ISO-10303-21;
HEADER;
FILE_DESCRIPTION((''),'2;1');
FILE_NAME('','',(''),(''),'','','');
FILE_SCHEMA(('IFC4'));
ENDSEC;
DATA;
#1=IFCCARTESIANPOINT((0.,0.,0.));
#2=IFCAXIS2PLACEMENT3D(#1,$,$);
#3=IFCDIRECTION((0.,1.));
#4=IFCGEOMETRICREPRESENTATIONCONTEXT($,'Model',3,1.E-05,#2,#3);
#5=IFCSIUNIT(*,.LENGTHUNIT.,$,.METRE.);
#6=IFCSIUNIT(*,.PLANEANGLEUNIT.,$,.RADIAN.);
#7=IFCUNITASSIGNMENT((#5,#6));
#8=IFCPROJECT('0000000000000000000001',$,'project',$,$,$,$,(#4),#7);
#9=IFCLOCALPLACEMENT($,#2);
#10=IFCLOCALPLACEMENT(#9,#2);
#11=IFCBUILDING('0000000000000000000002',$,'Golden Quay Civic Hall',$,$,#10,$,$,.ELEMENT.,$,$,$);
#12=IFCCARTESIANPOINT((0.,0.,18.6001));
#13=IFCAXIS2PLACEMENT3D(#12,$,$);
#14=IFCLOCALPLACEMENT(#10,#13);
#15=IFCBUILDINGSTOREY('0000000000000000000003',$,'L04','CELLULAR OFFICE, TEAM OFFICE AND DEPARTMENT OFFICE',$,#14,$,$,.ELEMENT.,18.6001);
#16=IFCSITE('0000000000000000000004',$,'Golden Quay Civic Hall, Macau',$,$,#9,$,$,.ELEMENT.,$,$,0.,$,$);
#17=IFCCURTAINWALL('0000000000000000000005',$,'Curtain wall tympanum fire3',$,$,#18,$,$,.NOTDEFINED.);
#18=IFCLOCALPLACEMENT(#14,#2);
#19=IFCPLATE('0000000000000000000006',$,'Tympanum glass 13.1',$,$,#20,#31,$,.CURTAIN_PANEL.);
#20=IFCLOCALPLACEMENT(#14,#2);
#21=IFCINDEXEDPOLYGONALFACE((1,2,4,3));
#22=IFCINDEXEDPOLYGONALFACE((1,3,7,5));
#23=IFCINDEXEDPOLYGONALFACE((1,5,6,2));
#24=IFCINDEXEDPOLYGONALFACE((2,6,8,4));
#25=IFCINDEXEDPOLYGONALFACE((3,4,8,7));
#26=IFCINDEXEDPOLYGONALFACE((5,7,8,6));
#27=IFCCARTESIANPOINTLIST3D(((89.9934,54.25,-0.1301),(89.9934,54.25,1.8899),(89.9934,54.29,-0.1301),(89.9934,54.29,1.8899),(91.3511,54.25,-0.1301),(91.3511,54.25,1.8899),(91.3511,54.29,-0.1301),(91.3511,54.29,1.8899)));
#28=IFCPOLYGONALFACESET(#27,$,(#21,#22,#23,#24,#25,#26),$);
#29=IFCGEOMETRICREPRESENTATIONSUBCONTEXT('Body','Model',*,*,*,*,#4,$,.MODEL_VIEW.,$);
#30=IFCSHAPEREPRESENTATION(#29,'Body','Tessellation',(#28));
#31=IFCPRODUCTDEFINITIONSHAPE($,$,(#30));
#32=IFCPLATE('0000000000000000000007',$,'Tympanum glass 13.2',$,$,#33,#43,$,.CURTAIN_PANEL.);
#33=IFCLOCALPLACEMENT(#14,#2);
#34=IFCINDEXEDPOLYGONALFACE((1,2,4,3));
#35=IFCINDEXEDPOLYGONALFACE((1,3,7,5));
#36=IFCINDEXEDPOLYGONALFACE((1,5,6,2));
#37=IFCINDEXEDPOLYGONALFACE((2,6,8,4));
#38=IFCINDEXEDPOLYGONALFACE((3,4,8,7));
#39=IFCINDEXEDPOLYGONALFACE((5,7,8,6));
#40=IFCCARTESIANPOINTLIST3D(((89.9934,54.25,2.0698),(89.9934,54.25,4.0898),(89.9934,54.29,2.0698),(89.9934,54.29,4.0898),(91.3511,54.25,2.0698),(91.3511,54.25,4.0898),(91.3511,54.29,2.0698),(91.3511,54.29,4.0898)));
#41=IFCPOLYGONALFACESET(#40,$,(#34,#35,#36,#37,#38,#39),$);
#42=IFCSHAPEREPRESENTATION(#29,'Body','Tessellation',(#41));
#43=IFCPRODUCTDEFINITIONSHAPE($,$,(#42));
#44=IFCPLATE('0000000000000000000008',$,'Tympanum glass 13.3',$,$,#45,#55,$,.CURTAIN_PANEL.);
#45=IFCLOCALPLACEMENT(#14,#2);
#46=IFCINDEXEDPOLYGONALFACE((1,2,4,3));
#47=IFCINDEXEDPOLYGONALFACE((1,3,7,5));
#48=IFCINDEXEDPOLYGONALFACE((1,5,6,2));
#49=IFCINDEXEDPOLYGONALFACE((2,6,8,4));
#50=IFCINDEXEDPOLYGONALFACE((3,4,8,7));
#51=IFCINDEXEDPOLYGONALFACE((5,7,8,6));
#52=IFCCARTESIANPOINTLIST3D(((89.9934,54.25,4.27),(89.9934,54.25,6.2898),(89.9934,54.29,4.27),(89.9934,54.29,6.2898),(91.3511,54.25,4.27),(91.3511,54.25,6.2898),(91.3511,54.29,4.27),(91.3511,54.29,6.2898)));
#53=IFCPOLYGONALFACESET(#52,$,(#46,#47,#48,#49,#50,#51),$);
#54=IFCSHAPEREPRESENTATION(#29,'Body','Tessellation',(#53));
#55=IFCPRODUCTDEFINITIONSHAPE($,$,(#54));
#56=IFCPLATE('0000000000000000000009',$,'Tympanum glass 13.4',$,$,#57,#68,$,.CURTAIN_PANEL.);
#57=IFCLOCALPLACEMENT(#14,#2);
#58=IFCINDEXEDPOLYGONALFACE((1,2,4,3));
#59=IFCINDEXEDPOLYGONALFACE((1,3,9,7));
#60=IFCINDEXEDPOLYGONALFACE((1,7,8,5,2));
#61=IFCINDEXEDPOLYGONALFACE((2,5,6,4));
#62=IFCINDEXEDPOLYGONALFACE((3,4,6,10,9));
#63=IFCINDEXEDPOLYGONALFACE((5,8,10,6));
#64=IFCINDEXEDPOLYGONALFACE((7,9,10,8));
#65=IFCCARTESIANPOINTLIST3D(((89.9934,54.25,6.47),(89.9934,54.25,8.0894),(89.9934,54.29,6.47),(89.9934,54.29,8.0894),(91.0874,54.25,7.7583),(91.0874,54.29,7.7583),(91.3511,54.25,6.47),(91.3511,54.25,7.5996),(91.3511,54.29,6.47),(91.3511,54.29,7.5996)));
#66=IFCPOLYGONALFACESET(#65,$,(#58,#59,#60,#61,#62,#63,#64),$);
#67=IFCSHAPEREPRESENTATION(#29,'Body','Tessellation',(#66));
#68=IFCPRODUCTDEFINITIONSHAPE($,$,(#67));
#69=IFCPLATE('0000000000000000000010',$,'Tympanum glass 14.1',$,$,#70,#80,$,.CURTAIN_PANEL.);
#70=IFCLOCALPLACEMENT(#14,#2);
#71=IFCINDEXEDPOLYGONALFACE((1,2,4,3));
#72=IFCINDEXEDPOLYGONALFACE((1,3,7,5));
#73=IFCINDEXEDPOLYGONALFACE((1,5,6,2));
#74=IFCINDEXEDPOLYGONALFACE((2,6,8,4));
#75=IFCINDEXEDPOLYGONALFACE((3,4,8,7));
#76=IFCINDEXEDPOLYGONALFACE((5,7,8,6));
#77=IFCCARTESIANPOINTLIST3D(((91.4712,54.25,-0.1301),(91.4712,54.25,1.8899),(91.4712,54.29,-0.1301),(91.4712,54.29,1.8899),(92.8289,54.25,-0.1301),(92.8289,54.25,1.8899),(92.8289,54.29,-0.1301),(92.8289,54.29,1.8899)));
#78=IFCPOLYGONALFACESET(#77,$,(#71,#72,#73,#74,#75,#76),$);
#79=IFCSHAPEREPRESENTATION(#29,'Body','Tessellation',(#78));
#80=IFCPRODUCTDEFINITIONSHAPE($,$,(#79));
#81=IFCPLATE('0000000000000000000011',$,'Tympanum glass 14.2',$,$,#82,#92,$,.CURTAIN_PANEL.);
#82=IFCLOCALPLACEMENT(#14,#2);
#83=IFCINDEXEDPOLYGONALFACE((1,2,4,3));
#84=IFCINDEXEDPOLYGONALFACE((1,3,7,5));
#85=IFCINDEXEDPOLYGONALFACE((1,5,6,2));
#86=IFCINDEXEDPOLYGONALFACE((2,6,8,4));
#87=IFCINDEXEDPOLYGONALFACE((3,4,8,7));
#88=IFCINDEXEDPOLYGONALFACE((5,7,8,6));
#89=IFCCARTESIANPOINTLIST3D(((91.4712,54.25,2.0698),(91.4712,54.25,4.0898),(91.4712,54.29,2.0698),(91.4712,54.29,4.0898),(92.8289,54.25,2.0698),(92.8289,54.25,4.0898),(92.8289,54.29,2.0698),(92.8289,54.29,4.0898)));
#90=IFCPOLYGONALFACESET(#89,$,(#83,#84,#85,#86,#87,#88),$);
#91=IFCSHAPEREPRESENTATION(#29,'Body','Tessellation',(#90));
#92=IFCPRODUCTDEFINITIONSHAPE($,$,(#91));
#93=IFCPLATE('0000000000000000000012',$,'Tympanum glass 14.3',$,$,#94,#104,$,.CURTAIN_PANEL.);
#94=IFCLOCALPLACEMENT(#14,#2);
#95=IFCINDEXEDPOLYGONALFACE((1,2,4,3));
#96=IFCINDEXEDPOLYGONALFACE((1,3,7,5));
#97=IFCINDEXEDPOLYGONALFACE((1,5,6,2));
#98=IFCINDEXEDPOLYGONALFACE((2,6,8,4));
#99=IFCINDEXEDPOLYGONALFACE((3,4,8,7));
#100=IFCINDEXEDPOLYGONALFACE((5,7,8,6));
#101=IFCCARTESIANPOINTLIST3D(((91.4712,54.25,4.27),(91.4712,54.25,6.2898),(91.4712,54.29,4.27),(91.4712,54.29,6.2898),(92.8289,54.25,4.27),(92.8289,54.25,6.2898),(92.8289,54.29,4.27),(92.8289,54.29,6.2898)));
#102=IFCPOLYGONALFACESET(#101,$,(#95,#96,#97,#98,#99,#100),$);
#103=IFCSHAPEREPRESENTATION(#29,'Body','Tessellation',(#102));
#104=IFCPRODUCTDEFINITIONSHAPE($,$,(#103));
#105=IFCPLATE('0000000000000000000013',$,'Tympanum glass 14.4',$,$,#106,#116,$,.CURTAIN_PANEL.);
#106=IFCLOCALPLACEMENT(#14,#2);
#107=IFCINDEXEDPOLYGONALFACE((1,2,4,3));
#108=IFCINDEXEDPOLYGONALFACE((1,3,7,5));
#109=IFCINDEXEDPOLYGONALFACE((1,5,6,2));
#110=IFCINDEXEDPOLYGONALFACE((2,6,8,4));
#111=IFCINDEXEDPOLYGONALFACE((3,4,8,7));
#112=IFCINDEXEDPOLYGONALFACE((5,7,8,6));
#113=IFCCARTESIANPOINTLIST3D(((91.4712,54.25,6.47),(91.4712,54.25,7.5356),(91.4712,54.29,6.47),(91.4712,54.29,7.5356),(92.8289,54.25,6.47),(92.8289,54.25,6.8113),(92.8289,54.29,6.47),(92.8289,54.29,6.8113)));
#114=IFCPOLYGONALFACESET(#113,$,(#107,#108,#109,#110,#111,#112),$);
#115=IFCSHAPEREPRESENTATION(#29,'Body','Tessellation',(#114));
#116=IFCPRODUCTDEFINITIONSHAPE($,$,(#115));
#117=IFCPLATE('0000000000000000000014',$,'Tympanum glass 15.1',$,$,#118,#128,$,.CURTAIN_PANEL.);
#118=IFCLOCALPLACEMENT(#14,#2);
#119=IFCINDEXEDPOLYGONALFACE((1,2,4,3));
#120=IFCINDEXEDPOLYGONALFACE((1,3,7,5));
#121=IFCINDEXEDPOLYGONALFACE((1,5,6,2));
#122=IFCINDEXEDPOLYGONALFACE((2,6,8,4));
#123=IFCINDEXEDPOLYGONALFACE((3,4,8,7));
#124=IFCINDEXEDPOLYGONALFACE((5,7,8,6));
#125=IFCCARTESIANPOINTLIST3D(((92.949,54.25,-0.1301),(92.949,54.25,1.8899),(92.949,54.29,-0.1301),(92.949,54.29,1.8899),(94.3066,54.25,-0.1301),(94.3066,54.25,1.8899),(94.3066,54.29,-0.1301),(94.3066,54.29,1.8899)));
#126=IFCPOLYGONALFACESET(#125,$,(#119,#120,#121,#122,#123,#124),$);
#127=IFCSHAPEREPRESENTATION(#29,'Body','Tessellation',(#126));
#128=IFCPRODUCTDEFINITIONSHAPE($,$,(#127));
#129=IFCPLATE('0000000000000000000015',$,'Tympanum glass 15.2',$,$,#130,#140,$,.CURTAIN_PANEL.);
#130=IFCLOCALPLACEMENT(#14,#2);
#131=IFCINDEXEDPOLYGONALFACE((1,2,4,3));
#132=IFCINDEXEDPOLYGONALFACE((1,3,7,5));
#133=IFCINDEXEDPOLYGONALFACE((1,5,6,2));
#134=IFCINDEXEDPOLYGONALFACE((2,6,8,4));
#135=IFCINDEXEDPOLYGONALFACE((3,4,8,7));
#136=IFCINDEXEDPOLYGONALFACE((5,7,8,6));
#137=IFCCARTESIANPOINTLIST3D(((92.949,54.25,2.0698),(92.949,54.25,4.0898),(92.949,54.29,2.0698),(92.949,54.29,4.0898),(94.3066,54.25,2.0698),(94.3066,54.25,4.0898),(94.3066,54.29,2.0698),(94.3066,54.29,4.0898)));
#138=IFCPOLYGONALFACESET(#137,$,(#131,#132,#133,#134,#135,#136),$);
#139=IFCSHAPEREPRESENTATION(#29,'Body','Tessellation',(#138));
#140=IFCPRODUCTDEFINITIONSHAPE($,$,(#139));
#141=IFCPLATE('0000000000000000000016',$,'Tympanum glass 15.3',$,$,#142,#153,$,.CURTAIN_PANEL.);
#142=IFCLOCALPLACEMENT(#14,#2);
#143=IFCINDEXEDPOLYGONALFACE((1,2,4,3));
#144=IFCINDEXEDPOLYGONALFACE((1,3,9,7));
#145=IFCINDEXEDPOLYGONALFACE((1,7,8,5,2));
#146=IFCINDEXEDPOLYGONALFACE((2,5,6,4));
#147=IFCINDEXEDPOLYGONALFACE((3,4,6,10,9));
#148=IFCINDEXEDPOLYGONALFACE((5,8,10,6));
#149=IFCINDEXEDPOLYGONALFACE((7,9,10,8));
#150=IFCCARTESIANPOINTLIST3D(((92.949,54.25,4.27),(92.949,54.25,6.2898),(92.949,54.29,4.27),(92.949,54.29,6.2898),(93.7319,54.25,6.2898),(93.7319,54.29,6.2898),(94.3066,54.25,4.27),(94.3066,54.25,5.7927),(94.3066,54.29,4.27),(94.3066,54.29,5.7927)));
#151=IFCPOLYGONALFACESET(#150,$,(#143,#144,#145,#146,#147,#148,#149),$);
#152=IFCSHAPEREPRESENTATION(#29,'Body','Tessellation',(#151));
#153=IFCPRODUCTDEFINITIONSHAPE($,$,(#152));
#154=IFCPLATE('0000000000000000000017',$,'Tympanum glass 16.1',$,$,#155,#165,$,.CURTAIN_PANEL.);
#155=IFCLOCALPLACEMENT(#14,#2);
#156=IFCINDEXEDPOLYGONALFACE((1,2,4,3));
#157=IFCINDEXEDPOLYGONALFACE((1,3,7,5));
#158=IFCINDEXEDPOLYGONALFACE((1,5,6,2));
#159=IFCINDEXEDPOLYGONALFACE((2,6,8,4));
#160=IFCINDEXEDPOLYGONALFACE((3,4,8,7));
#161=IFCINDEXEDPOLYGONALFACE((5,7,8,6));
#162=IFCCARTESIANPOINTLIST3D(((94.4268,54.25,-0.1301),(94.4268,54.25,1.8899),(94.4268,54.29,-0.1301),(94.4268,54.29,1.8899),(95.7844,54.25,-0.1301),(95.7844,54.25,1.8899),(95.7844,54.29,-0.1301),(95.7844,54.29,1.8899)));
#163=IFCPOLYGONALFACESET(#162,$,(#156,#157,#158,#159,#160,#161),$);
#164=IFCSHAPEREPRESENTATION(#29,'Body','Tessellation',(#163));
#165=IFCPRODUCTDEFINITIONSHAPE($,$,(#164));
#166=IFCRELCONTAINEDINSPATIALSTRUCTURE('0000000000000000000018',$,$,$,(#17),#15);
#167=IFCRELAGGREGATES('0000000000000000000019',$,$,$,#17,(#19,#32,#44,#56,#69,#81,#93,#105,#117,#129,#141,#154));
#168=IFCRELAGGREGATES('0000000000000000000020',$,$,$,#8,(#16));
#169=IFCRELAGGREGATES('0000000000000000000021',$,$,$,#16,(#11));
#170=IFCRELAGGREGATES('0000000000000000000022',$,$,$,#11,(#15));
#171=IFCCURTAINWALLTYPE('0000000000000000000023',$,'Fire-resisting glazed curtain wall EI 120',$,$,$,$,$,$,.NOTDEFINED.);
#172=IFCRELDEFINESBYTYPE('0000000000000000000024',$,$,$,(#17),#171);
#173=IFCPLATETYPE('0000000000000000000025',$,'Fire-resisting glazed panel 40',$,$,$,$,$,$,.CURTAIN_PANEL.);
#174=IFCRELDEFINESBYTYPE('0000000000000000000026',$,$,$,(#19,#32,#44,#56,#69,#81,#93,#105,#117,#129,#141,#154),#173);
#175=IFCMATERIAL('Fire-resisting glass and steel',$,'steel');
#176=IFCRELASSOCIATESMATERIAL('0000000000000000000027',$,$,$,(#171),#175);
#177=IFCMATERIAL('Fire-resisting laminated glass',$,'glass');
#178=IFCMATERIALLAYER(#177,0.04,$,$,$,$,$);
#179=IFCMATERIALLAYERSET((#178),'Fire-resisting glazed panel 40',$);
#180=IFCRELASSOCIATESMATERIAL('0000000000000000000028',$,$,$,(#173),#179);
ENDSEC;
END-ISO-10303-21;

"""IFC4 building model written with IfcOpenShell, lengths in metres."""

from ifc_helpers import new_model, si_unit, direction, frame, origin, place, context, subcontext, project, spatial, polyline, outline, extrude, material, layer, layer_set, type_object, element, aggregate, save


model = new_model("IFC4")

# Units and contexts
model_context = context("Model", 3, precision=1e-05, world=origin(), true_north=direction((0.0, 1.0)))
body_context = subcontext(model_context, "Body", "Model", "MODEL_VIEW")
ifc_project = project(units=[si_unit("LENGTHUNIT", "METRE"), si_unit("PLANEANGLEUNIT", "RADIAN")], contexts=[model_context])

# Site, building, storey
site_placement = place(None, origin())
site = spatial("IfcSite", under=ifc_project, at=site_placement, Name="Golden Quay Civic Hall, Macau", CompositionType="ELEMENT", RefElevation=0.0)
building_placement = place(site_placement, origin())
building = spatial("IfcBuilding", under=site, at=building_placement, Name="Golden Quay Civic Hall", CompositionType="ELEMENT")
storey_placement = place(building_placement, frame((0.0, 0.0, 18.6001)))
storey = spatial("IfcBuildingStorey", under=building, at=storey_placement, Name="L04", Description="CELLULAR OFFICE, TEAM OFFICE AND DEPARTMENT OFFICE", CompositionType="ELEMENT", Elevation=18.6001)

# Curtain wall, plates
ifc_material_1 = material(Name="Fire-resisting glass and steel", Category="steel")
curtain_wall_type = type_object("IfcCurtainWallType", Name="Fire-resisting glazed curtain wall EI 120", PredefinedType="NOTDEFINED", material=ifc_material_1)
curtain_wall_placement = place(storey_placement, origin())
curtain_wall = element("IfcCurtainWall", 1, at=curtain_wall_placement, inside=storey, type_object=curtain_wall_type, Name="Curtain wall tympanum fire3", PredefinedType="NOTDEFINED")
ifc_material_2 = material(Name="Fire-resisting laminated glass", Category="glass")
ifc_layer = layer(ifc_material_2, 0.04)
ifc_layer_set = layer_set([ifc_layer], Name="Fire-resisting glazed panel 40")
plate_type = type_object("IfcPlateType", Name="Fire-resisting glazed panel 40", PredefinedType="CURTAIN_PANEL", material=ifc_layer_set)
plate_1_placement = place(storey_placement, frame((91.3511, 54.29, -0.1301), z_axis=(0.0, 1.0, 0.0), x_axis=(-1.0, 0.0, 0.0)))
plate_1 = element("IfcPlate", 2, at=plate_1_placement, type_object=plate_type, Name="Tympanum glass 13.1", PredefinedType="CURTAIN_PANEL", context=body_context, shape_type="SweptSolid", body=[
    extrude(outline(polyline([(0.0, 0.0), (1.3577, 0.0), (1.3577, 2.02), (0.0, 2.02), (0.0, 0.0)])), origin(), (0.0, 0.0, -1.0), 0.04),
])
plate_2_placement = place(storey_placement, frame((91.3511, 54.29, 2.0698), z_axis=(0.0, 1.0, 0.0), x_axis=(-1.0, 0.0, 0.0)))
plate_2 = element("IfcPlate", 3, at=plate_2_placement, type_object=plate_type, Name="Tympanum glass 13.2", PredefinedType="CURTAIN_PANEL", context=body_context, shape_type="SweptSolid", body=[
    extrude(outline(polyline([(0.0, 0.0), (1.3577, 0.0), (1.3577, 2.02), (0.0, 2.02), (0.0, 0.0)])), origin(), (0.0, 0.0, -1.0), 0.04),
])
plate_3_placement = place(storey_placement, frame((91.3511, 54.29, 4.27), z_axis=(0.0, 1.0, 0.0), x_axis=(-1.0, 0.0, 0.0)))
plate_3 = element("IfcPlate", 4, at=plate_3_placement, type_object=plate_type, Name="Tympanum glass 13.3", PredefinedType="CURTAIN_PANEL", context=body_context, shape_type="SweptSolid", body=[
    extrude(outline(polyline([(0.0, 0.0), (1.3577, 0.0), (1.3577, 2.0198), (0.0, 2.0198), (0.0, 0.0)])), origin(), (0.0, 0.0, -1.0), 0.04),
])
plate_4_placement = place(storey_placement, frame((91.3511, 54.29, 6.47), z_axis=(0.0, 1.0, 0.0), x_axis=(-1.0, 0.0, 0.0)))
plate_4 = element("IfcPlate", 5, at=plate_4_placement, type_object=plate_type, Name="Tympanum glass 13.4", PredefinedType="CURTAIN_PANEL", context=body_context, shape_type="SweptSolid", body=[
    extrude(outline(polyline([(0.0, 0.0), (1.3577, 0.0), (1.3577, 1.6194), (0.2637, 1.2883), (0.0, 1.1296), (0.0, 0.0)])), origin(), (0.0, 0.0, -1.0), 0.04),
])
plate_5_placement = place(storey_placement, frame((92.8289, 54.29, -0.1301), z_axis=(0.0, 1.0, 0.0), x_axis=(-1.0, 0.0, 0.0)))
plate_5 = element("IfcPlate", 6, at=plate_5_placement, type_object=plate_type, Name="Tympanum glass 14.1", PredefinedType="CURTAIN_PANEL", context=body_context, shape_type="SweptSolid", body=[
    extrude(outline(polyline([(0.0, 0.0), (1.3577, 0.0), (1.3577, 2.02), (0.0, 2.02), (0.0, 0.0)])), origin(), (0.0, 0.0, -1.0), 0.04),
])
plate_6_placement = place(storey_placement, frame((92.8289, 54.29, 2.0698), z_axis=(0.0, 1.0, 0.0), x_axis=(-1.0, 0.0, 0.0)))
plate_6 = element("IfcPlate", 7, at=plate_6_placement, type_object=plate_type, Name="Tympanum glass 14.2", PredefinedType="CURTAIN_PANEL", context=body_context, shape_type="SweptSolid", body=[
    extrude(outline(polyline([(0.0, 0.0), (1.3577, 0.0), (1.3577, 2.02), (0.0, 2.02), (0.0, 0.0)])), origin(), (0.0, 0.0, -1.0), 0.04),
])
plate_7_placement = place(storey_placement, frame((92.8289, 54.29, 4.27), z_axis=(0.0, 1.0, 0.0), x_axis=(-1.0, 0.0, 0.0)))
plate_7 = element("IfcPlate", 8, at=plate_7_placement, type_object=plate_type, Name="Tympanum glass 14.3", PredefinedType="CURTAIN_PANEL", context=body_context, shape_type="SweptSolid", body=[
    extrude(outline(polyline([(0.0, 0.0), (1.3577, 0.0), (1.3577, 2.0198), (0.0, 2.0198), (0.0, 0.0)])), origin(), (0.0, 0.0, -1.0), 0.04),
])
plate_8_placement = place(storey_placement, frame((92.8289, 54.29, 6.47), z_axis=(0.0, 1.0, 0.0), x_axis=(-1.0, 0.0, 0.0)))
plate_8 = element("IfcPlate", 9, at=plate_8_placement, type_object=plate_type, Name="Tympanum glass 14.4", PredefinedType="CURTAIN_PANEL", context=body_context, shape_type="SweptSolid", body=[
    extrude(outline(polyline([(0.0, 0.0), (1.3577, 0.0), (1.3577, 1.0657), (0.0, 0.3413), (0.0, 0.0)])), origin(), (0.0, 0.0, -1.0), 0.04),
])
plate_9_placement = place(storey_placement, frame((94.3066, 54.29, -0.1301), z_axis=(0.0, 1.0, 0.0), x_axis=(-1.0, 0.0, 0.0)))
plate_9 = element("IfcPlate", 10, at=plate_9_placement, type_object=plate_type, Name="Tympanum glass 15.1", PredefinedType="CURTAIN_PANEL", context=body_context, shape_type="SweptSolid", body=[
    extrude(outline(polyline([(0.0, 0.0), (1.3577, 0.0), (1.3577, 2.02), (0.0, 2.02), (0.0, 0.0)])), origin(), (0.0, 0.0, -1.0), 0.04),
])
plate_10_placement = place(storey_placement, frame((94.3066, 54.29, 2.0698), z_axis=(0.0, 1.0, 0.0), x_axis=(-1.0, 0.0, 0.0)))
plate_10 = element("IfcPlate", 11, at=plate_10_placement, type_object=plate_type, Name="Tympanum glass 15.2", PredefinedType="CURTAIN_PANEL", context=body_context, shape_type="SweptSolid", body=[
    extrude(outline(polyline([(0.0, 0.0), (1.3577, 0.0), (1.3577, 2.02), (0.0, 2.02), (0.0, 0.0)])), origin(), (0.0, 0.0, -1.0), 0.04),
])
plate_11_placement = place(storey_placement, frame((94.3066, 54.29, 4.27), z_axis=(0.0, 1.0, 0.0), x_axis=(-1.0, 0.0, 0.0)))
plate_11 = element("IfcPlate", 12, at=plate_11_placement, type_object=plate_type, Name="Tympanum glass 15.3", PredefinedType="CURTAIN_PANEL", context=body_context, shape_type="SweptSolid", body=[
    extrude(outline(polyline([(0.0, 0.0), (1.3577, 0.0), (1.3577, 2.0198), (0.5747, 2.0198), (0.0, 1.5227), (0.0, 0.0)])), origin(), (0.0, 0.0, -1.0), 0.04),
])
plate_12_placement = place(storey_placement, frame((95.7844, 54.29, -0.1301), z_axis=(0.0, 1.0, 0.0), x_axis=(-1.0, 0.0, 0.0)))
plate_12 = element("IfcPlate", 13, at=plate_12_placement, type_object=plate_type, Name="Tympanum glass 16.1", PredefinedType="CURTAIN_PANEL", context=body_context, shape_type="SweptSolid", body=[
    extrude(outline(polyline([(0.0, 0.0), (1.3577, 0.0), (1.3577, 2.02), (0.0, 2.02), (0.0, 0.0)])), origin(), (0.0, 0.0, -1.0), 0.04),
])
aggregate(curtain_wall, [plate_1, plate_2, plate_3, plate_4, plate_5, plate_6, plate_7, plate_8, plate_9, plate_10, plate_11, plate_12])

save(model, "model.ifc")
